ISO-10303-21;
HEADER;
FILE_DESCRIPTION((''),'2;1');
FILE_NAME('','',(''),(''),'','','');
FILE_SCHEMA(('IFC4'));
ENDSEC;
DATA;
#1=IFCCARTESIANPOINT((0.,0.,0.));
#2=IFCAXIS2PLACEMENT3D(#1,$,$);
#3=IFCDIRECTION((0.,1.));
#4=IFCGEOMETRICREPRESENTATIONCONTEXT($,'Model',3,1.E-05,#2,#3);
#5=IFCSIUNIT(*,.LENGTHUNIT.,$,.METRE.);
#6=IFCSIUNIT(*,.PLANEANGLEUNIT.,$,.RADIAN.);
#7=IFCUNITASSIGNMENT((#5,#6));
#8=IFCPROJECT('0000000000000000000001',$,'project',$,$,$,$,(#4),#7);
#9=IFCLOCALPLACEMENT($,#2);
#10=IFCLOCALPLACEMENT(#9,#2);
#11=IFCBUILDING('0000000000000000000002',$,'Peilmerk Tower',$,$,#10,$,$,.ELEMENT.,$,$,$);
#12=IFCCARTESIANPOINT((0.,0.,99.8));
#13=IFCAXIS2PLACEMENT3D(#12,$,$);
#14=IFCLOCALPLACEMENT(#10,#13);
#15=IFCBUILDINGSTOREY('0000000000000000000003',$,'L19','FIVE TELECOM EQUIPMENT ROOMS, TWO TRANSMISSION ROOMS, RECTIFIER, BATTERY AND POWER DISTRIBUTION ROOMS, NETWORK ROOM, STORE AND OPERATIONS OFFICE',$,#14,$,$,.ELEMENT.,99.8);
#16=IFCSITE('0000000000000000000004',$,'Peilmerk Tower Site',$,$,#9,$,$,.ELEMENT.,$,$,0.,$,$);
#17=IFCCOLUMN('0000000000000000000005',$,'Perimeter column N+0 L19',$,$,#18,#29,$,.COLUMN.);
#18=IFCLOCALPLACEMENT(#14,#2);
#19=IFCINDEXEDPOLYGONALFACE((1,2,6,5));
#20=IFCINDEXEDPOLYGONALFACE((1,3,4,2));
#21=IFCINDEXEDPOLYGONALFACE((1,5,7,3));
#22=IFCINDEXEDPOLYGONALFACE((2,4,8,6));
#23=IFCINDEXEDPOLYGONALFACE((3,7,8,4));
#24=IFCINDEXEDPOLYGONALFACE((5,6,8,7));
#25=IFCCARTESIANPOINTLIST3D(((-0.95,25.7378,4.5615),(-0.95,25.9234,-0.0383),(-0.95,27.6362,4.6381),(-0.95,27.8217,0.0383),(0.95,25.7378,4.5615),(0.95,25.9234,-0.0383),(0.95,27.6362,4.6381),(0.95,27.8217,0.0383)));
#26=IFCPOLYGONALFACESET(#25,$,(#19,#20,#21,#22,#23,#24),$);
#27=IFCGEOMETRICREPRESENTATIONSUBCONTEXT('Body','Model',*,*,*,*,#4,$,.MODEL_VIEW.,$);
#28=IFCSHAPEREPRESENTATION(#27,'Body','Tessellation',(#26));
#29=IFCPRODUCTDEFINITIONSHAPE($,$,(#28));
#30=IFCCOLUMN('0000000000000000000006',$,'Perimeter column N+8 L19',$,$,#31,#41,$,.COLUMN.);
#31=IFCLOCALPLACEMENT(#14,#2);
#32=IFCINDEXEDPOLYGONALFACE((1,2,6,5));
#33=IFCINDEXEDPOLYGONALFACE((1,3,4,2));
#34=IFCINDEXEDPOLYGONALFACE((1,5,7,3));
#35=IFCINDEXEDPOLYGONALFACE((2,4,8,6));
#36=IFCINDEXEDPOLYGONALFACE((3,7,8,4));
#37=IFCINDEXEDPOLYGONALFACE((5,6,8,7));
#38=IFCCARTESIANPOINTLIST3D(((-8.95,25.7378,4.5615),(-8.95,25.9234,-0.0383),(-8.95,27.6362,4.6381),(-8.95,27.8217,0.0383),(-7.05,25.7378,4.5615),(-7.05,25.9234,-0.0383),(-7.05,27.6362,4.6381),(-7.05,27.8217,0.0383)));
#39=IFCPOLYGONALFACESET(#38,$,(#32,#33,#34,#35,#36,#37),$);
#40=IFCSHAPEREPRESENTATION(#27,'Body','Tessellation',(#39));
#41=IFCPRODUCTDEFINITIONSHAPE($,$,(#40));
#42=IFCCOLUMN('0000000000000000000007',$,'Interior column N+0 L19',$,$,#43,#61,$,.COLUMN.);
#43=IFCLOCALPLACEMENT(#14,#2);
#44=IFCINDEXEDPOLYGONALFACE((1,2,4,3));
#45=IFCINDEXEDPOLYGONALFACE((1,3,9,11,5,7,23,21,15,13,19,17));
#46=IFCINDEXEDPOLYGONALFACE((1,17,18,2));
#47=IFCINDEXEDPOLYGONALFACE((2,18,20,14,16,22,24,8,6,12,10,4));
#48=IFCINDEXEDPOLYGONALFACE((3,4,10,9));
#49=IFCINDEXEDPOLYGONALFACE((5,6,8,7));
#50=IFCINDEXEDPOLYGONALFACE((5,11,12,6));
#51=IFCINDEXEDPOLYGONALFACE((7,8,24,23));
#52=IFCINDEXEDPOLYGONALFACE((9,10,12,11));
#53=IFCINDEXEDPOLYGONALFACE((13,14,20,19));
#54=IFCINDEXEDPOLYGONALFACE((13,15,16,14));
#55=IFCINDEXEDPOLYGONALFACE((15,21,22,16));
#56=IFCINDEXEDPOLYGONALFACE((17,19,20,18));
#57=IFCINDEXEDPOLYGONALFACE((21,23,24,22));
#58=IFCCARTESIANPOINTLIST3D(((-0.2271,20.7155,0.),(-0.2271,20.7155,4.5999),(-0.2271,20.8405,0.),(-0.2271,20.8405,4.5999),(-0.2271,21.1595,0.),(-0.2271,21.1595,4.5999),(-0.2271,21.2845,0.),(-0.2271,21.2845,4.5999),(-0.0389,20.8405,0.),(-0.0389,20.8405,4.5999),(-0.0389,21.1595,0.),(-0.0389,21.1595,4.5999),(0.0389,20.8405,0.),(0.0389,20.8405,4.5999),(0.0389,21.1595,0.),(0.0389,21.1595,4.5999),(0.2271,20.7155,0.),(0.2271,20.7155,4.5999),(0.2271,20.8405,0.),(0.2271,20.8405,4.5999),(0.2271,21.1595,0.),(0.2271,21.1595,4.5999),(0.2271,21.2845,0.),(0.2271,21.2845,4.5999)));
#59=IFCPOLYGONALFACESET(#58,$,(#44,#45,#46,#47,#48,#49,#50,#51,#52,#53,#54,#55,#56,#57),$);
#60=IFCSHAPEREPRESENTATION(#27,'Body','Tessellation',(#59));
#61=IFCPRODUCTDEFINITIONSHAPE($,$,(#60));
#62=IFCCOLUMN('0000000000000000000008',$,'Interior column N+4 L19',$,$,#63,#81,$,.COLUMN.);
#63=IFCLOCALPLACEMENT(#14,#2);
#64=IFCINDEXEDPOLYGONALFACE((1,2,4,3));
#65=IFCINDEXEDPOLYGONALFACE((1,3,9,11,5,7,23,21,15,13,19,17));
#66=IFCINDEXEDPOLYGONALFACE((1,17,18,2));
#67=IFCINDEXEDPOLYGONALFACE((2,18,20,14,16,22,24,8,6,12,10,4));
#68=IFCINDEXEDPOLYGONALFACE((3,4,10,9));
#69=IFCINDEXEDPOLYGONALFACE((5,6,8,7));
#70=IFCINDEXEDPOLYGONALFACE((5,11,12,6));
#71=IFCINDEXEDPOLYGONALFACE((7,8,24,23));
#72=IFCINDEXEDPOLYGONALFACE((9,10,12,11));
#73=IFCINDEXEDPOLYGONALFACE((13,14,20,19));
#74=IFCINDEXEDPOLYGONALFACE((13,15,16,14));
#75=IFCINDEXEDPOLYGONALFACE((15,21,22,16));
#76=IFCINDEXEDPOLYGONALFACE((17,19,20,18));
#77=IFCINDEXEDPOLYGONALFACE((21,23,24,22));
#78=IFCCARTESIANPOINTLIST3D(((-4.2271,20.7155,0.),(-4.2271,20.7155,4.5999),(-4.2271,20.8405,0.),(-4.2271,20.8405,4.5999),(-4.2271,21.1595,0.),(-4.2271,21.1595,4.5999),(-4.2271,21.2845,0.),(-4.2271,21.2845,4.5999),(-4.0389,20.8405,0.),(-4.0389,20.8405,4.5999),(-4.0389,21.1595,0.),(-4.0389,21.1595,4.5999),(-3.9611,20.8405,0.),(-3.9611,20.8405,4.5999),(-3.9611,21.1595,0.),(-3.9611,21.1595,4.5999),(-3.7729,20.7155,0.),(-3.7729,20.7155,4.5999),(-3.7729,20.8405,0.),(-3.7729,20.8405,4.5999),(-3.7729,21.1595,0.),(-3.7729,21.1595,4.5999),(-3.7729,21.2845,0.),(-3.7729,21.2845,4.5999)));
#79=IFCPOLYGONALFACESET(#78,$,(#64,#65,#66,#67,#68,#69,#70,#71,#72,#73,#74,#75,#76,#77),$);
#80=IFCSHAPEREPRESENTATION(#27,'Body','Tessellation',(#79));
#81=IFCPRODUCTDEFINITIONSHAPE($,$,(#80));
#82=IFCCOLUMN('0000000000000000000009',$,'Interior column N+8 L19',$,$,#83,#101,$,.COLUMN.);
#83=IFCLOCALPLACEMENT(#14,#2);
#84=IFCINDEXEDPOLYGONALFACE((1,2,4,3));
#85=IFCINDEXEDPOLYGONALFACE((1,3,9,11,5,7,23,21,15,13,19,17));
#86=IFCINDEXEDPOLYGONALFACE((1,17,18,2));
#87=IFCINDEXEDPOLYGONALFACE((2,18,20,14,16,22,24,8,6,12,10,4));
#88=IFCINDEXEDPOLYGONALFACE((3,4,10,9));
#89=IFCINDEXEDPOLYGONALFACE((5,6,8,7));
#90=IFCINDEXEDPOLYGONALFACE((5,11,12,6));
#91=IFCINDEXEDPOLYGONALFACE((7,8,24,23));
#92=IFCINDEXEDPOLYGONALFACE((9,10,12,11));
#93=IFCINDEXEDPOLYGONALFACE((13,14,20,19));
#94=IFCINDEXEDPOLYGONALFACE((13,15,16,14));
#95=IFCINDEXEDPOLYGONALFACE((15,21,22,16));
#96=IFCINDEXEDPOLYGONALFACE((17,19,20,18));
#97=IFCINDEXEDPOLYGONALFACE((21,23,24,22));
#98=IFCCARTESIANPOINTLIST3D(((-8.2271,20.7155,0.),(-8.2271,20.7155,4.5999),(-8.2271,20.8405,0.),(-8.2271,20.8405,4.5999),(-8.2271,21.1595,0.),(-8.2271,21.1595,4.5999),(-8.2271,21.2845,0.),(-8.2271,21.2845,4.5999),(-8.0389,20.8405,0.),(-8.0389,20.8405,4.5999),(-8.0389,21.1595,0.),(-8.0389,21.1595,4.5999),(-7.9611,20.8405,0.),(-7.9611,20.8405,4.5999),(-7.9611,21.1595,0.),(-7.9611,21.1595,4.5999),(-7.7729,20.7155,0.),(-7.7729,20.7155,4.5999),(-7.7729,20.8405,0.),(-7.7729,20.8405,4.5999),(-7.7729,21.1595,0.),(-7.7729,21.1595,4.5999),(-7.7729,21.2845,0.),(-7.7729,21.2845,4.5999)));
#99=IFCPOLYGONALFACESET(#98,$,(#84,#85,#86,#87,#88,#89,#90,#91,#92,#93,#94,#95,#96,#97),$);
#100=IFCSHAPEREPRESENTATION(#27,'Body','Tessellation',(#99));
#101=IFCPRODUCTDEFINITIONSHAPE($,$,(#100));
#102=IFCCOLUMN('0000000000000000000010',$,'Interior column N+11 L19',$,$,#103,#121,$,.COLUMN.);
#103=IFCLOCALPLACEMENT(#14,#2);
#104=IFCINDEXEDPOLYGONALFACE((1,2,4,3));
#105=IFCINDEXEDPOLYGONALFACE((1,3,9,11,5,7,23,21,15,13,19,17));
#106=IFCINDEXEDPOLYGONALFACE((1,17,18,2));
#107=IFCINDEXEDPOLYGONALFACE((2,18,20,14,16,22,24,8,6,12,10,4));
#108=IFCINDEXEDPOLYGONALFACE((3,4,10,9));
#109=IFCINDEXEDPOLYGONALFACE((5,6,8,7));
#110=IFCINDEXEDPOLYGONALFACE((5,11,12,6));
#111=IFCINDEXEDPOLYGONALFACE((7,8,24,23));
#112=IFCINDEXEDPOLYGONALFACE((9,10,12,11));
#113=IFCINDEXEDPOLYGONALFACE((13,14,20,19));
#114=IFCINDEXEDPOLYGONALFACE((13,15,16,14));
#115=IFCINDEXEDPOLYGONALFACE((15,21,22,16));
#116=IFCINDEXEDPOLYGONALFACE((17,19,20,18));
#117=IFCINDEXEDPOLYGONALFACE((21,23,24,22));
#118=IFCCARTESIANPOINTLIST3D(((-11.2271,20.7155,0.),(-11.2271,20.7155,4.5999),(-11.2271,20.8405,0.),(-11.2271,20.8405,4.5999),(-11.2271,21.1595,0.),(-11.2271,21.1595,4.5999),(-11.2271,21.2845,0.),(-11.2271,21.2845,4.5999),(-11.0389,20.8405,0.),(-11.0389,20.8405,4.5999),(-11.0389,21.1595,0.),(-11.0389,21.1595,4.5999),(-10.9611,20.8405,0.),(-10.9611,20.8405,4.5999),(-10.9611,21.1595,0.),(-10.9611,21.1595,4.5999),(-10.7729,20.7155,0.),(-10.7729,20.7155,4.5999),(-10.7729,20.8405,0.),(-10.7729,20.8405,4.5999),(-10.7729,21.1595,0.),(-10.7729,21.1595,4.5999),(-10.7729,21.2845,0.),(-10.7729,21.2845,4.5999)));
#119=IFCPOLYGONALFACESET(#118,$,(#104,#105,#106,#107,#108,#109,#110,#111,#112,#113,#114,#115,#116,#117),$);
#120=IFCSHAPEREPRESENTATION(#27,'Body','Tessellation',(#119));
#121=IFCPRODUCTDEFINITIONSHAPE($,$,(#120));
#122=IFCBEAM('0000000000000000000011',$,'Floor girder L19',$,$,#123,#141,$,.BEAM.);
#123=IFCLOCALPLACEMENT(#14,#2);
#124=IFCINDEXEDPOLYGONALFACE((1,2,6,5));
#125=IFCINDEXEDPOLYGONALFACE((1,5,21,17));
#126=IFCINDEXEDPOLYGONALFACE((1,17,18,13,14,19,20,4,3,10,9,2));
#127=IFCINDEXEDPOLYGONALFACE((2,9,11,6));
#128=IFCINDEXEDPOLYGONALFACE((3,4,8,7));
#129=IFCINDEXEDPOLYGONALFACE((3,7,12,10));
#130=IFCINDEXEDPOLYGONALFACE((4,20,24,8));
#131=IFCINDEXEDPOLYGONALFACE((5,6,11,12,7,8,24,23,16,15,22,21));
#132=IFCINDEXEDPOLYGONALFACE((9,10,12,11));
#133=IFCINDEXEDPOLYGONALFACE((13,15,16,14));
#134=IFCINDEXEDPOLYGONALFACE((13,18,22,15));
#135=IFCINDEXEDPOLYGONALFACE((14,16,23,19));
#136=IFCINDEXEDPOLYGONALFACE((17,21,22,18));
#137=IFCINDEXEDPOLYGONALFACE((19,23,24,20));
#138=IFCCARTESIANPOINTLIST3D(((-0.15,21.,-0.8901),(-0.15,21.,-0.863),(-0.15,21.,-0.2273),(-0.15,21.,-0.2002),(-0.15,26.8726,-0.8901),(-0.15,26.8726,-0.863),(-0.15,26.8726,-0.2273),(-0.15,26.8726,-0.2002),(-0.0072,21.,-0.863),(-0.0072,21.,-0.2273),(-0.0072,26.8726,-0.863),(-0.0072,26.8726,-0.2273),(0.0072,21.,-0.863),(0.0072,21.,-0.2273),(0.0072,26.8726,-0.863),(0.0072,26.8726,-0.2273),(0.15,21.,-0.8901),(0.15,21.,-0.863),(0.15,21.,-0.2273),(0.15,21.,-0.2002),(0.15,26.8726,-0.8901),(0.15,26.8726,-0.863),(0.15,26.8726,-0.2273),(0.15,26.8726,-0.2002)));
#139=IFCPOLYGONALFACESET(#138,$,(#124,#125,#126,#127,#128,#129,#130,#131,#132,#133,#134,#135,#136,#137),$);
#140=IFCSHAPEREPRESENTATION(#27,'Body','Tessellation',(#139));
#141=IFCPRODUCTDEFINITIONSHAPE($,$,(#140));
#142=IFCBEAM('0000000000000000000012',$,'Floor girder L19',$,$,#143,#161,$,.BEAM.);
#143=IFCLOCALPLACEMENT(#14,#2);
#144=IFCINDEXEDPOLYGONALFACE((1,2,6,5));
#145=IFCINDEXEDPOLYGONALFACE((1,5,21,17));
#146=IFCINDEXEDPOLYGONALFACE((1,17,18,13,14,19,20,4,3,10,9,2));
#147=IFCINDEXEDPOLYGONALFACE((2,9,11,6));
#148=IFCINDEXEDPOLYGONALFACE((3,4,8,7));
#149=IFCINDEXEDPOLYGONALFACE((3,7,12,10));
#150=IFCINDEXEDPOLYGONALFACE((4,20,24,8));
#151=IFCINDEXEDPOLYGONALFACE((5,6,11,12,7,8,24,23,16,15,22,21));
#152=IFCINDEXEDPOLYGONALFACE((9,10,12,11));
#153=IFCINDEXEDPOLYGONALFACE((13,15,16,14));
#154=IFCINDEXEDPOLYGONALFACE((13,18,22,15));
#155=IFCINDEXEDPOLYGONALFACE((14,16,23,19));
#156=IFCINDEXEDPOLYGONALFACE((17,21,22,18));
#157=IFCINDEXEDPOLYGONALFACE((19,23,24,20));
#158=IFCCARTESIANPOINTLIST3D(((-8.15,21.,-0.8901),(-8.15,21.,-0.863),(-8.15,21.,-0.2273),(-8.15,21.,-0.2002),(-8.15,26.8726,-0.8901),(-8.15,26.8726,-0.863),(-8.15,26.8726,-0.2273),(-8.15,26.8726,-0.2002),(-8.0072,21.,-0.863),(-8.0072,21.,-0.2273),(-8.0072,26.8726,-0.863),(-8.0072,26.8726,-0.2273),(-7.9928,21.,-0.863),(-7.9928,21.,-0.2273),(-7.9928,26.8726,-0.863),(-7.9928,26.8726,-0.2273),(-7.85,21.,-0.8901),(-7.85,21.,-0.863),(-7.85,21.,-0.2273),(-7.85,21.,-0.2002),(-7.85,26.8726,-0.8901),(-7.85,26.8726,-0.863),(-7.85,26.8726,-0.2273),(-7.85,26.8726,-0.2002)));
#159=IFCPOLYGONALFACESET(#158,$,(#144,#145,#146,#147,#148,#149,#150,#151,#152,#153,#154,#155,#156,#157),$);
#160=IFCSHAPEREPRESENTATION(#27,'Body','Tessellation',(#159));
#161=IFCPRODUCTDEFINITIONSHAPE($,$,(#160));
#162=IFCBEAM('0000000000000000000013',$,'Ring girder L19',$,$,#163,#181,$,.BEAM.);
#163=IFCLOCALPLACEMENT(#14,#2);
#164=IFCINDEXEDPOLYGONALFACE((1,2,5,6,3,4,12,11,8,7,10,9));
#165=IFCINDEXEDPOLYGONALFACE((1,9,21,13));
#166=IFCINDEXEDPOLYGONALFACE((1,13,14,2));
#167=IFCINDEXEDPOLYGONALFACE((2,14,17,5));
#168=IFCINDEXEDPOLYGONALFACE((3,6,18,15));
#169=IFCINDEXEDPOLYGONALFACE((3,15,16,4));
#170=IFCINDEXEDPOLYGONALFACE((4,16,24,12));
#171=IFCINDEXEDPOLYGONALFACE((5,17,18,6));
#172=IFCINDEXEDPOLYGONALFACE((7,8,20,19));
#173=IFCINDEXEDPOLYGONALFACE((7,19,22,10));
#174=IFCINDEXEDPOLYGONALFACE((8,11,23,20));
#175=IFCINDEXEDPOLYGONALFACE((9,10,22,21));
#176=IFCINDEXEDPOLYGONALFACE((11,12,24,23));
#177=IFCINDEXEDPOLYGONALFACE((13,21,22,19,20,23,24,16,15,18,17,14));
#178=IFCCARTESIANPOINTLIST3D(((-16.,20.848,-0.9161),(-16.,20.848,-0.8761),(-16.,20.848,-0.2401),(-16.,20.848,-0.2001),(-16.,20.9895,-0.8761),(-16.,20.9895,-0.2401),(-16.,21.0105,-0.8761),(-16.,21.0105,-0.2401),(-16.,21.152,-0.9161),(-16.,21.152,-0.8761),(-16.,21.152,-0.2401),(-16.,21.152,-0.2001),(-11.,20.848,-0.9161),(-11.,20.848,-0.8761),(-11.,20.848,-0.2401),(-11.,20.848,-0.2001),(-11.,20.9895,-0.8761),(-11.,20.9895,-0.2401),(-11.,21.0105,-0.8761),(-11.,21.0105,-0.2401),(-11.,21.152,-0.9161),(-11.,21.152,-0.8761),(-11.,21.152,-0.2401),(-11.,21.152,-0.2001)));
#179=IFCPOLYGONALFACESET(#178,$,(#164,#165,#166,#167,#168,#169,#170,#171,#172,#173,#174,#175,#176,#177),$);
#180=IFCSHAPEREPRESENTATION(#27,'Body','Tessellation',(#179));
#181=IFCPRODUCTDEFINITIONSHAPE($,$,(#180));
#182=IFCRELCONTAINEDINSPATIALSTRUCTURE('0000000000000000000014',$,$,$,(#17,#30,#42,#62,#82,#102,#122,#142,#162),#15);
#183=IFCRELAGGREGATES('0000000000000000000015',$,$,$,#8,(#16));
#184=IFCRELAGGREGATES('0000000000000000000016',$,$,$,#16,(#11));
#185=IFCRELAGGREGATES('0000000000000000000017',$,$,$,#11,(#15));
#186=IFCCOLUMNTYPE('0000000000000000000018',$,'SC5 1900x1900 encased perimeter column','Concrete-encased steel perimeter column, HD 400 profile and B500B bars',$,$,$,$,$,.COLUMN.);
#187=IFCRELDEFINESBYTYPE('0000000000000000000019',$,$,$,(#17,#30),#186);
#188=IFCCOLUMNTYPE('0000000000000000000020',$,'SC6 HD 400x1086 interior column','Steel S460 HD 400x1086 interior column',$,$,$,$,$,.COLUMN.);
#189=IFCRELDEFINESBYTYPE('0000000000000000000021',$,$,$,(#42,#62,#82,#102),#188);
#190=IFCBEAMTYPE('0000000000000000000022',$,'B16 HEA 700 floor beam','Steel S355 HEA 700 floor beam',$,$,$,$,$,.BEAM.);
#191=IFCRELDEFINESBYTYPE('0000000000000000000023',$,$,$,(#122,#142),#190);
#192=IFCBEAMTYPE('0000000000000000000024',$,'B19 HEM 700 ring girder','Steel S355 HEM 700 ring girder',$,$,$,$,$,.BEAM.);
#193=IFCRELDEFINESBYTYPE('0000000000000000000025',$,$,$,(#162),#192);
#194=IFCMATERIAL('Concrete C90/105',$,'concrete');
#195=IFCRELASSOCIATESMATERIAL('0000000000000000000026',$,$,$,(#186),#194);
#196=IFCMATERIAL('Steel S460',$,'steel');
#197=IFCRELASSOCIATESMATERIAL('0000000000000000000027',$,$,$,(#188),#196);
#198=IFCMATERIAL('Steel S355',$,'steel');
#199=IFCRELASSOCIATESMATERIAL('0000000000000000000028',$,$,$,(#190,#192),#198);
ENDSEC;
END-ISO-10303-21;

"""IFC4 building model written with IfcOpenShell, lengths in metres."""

from ifc_helpers import new_model, si_unit, direction, frame, origin, origin_2d, place, context, subcontext, project, spatial, rectangle, i_section, extrude, material, material_profile, profile_set, type_object, element, save


model = new_model("IFC4")

# Units and contexts
model_context = context("Model", 3, precision=1e-05, world=origin(), true_north=direction((0.0, 1.0)))
body_context = subcontext(model_context, "Body", "Model", "MODEL_VIEW")
ifc_project = project(units=[si_unit("LENGTHUNIT", "METRE"), si_unit("PLANEANGLEUNIT", "RADIAN")], contexts=[model_context])

# Site, building, storey
site_placement = place(None, origin())
site = spatial("IfcSite", under=ifc_project, at=site_placement, Name="Peilmerk Tower Site", CompositionType="ELEMENT", RefElevation=0.0)
building_placement = place(site_placement, origin())
building = spatial("IfcBuilding", under=site, at=building_placement, Name="Peilmerk Tower", CompositionType="ELEMENT")
storey_placement = place(building_placement, frame((0.0, 0.0, 99.8)))
storey = spatial("IfcBuildingStorey", under=building, at=storey_placement, Name="L19", Description="FIVE TELECOM EQUIPMENT ROOMS, TWO TRANSMISSION ROOMS, RECTIFIER, BATTERY AND POWER DISTRIBUTION ROOMS, NETWORK ROOM, STORE AND OPERATIONS OFFICE", CompositionType="ELEMENT", Elevation=99.8)

# Columns
ifc_material_1 = material(Name="Concrete C90/105", Category="concrete")
ifc_material_profile_1 = material_profile(ifc_material_1, rectangle(XDim=1.8999, YDim=1.8999, at=origin_2d()), Name="RC 1900x1900")
ifc_profile_set_1 = profile_set([ifc_material_profile_1], Name="Concrete C90/105")
column_type_1 = type_object("IfcColumnType", Name="SC5 1900x1900 encased perimeter column", Description="Concrete-encased steel perimeter column, HD 400 profile and B500B bars", PredefinedType="COLUMN", material=ifc_profile_set_1)
for number, where, z_axis, x_axis, name in (
    (1, (0.0, 26.8726, 0.0), (0.0, -0.040305, 0.999187), (1.0, 0.0, 0.0), "Perimeter column N+0 L19"),
    (2, (-8.0, 26.8726, 0.0), (0.0, -0.040305, 0.999187), (1.0, 0.0, 0.0), "Perimeter column N+8 L19"),
):
    element("IfcColumn", number, at=place(storey_placement, frame(where, z_axis=z_axis, x_axis=x_axis)), inside=storey, type_object=column_type_1, Name=name, PredefinedType="COLUMN", context=body_context, shape_type="SweptSolid", body=[
        extrude(rectangle(XDim=1.8999, YDim=1.8999, at=origin_2d()), origin(), (0.0, 0.0, 1.0), 4.6035),
    ])
ifc_material_2 = material(Name="Steel S460", Category="steel")
ifc_material_profile_2 = material_profile(ifc_material_2, i_section(OverallWidth=0.4541, OverallDepth=0.5691, WebThickness=0.0779, FlangeThickness=0.125, at=origin_2d()), Name="HD 400x1086")
ifc_profile_set_2 = profile_set([ifc_material_profile_2], Name="Steel S460")
column_type_2 = type_object("IfcColumnType", Name="SC6 HD 400x1086 interior column", Description="Steel S460 HD 400x1086 interior column", PredefinedType="COLUMN", material=ifc_profile_set_2)
for number, where, z_axis, x_axis, name in (
    (3, (0.0, 21.0, 0.0), (0.0, 0.0, 1.0), (1.0, 0.0, 0.0), "Interior column N+0 L19"),
    (4, (-4.0, 21.0, 0.0), (0.0, 0.0, 1.0), (1.0, 0.0, 0.0), "Interior column N+4 L19"),
    (5, (-8.0, 21.0, 0.0), (0.0, 0.0, 1.0), (1.0, 0.0, 0.0), "Interior column N+8 L19"),
    (6, (-11.0, 21.0, 0.0), (0.0, 0.0, 1.0), (1.0, 0.0, 0.0), "Interior column N+11 L19"),
):
    element("IfcColumn", number, at=place(storey_placement, frame(where, z_axis=z_axis, x_axis=x_axis)), inside=storey, type_object=column_type_2, Name=name, PredefinedType="COLUMN", context=body_context, shape_type="SweptSolid", body=[
        extrude(i_section(OverallWidth=0.4541, OverallDepth=0.5691, WebThickness=0.0779, FlangeThickness=0.125, at=origin_2d()), origin(), (0.0, 0.0, 1.0), 4.5999),
    ])

# Beams
ifc_material_3 = material(Name="Steel S355", Category="steel")
ifc_material_profile_3 = material_profile(ifc_material_3, i_section(OverallWidth=0.3, OverallDepth=0.6899, WebThickness=0.0144, FlangeThickness=0.0271, at=origin_2d()), Name="HEA 700")
ifc_profile_set_3 = profile_set([ifc_material_profile_3], Name="Steel S355")
beam_type_1 = type_object("IfcBeamType", Name="B16 HEA 700 floor beam", Description="Steel S355 HEA 700 floor beam", PredefinedType="BEAM", material=ifc_profile_set_3)
for number, where, z_axis, x_axis, name in (
    (7, (0.0, 21.0, -0.5452), (0.0, 1.0, 0.0), (-1.0, 0.0, 0.0), "Floor girder L19"),
    (8, (-8.0, 21.0, -0.5452), (0.0, 1.0, 0.0), (-1.0, 0.0, 0.0), "Floor girder L19"),
):
    element("IfcBeam", number, at=place(storey_placement, frame(where, z_axis=z_axis, x_axis=x_axis)), inside=storey, type_object=beam_type_1, Name=name, PredefinedType="BEAM", context=body_context, shape_type="SweptSolid", body=[
        extrude(i_section(OverallWidth=0.3, OverallDepth=0.6899, WebThickness=0.0144, FlangeThickness=0.0271, at=origin_2d()), origin(), (0.0, 0.0, 1.0), 5.8726),
    ])
ifc_material_profile_4 = material_profile(ifc_material_3, i_section(OverallWidth=0.304, OverallDepth=0.7161, WebThickness=0.021, FlangeThickness=0.04, at=origin_2d()), Name="HEM 700")
ifc_profile_set_4 = profile_set([ifc_material_profile_4], Name="Steel S355")
beam_type_2 = type_object("IfcBeamType", Name="B19 HEM 700 ring girder", Description="Steel S355 HEM 700 ring girder", PredefinedType="BEAM", material=ifc_profile_set_4)
beam_1_placement = place(storey_placement, frame((-11.0, 21.0, -0.5581), z_axis=(-1.0, 0.0, 0.0), x_axis=(0.0, -1.0, 0.0)))
element("IfcBeam", 9, at=beam_1_placement, inside=storey, type_object=beam_type_2, Name="Ring girder L19", PredefinedType="BEAM", context=body_context, shape_type="SweptSolid", body=[
    extrude(i_section(OverallWidth=0.304, OverallDepth=0.7161, WebThickness=0.021, FlangeThickness=0.04, at=origin_2d()), origin(), (0.0, 0.0, 1.0), 5.0),
])

save(model, "model.ifc")
